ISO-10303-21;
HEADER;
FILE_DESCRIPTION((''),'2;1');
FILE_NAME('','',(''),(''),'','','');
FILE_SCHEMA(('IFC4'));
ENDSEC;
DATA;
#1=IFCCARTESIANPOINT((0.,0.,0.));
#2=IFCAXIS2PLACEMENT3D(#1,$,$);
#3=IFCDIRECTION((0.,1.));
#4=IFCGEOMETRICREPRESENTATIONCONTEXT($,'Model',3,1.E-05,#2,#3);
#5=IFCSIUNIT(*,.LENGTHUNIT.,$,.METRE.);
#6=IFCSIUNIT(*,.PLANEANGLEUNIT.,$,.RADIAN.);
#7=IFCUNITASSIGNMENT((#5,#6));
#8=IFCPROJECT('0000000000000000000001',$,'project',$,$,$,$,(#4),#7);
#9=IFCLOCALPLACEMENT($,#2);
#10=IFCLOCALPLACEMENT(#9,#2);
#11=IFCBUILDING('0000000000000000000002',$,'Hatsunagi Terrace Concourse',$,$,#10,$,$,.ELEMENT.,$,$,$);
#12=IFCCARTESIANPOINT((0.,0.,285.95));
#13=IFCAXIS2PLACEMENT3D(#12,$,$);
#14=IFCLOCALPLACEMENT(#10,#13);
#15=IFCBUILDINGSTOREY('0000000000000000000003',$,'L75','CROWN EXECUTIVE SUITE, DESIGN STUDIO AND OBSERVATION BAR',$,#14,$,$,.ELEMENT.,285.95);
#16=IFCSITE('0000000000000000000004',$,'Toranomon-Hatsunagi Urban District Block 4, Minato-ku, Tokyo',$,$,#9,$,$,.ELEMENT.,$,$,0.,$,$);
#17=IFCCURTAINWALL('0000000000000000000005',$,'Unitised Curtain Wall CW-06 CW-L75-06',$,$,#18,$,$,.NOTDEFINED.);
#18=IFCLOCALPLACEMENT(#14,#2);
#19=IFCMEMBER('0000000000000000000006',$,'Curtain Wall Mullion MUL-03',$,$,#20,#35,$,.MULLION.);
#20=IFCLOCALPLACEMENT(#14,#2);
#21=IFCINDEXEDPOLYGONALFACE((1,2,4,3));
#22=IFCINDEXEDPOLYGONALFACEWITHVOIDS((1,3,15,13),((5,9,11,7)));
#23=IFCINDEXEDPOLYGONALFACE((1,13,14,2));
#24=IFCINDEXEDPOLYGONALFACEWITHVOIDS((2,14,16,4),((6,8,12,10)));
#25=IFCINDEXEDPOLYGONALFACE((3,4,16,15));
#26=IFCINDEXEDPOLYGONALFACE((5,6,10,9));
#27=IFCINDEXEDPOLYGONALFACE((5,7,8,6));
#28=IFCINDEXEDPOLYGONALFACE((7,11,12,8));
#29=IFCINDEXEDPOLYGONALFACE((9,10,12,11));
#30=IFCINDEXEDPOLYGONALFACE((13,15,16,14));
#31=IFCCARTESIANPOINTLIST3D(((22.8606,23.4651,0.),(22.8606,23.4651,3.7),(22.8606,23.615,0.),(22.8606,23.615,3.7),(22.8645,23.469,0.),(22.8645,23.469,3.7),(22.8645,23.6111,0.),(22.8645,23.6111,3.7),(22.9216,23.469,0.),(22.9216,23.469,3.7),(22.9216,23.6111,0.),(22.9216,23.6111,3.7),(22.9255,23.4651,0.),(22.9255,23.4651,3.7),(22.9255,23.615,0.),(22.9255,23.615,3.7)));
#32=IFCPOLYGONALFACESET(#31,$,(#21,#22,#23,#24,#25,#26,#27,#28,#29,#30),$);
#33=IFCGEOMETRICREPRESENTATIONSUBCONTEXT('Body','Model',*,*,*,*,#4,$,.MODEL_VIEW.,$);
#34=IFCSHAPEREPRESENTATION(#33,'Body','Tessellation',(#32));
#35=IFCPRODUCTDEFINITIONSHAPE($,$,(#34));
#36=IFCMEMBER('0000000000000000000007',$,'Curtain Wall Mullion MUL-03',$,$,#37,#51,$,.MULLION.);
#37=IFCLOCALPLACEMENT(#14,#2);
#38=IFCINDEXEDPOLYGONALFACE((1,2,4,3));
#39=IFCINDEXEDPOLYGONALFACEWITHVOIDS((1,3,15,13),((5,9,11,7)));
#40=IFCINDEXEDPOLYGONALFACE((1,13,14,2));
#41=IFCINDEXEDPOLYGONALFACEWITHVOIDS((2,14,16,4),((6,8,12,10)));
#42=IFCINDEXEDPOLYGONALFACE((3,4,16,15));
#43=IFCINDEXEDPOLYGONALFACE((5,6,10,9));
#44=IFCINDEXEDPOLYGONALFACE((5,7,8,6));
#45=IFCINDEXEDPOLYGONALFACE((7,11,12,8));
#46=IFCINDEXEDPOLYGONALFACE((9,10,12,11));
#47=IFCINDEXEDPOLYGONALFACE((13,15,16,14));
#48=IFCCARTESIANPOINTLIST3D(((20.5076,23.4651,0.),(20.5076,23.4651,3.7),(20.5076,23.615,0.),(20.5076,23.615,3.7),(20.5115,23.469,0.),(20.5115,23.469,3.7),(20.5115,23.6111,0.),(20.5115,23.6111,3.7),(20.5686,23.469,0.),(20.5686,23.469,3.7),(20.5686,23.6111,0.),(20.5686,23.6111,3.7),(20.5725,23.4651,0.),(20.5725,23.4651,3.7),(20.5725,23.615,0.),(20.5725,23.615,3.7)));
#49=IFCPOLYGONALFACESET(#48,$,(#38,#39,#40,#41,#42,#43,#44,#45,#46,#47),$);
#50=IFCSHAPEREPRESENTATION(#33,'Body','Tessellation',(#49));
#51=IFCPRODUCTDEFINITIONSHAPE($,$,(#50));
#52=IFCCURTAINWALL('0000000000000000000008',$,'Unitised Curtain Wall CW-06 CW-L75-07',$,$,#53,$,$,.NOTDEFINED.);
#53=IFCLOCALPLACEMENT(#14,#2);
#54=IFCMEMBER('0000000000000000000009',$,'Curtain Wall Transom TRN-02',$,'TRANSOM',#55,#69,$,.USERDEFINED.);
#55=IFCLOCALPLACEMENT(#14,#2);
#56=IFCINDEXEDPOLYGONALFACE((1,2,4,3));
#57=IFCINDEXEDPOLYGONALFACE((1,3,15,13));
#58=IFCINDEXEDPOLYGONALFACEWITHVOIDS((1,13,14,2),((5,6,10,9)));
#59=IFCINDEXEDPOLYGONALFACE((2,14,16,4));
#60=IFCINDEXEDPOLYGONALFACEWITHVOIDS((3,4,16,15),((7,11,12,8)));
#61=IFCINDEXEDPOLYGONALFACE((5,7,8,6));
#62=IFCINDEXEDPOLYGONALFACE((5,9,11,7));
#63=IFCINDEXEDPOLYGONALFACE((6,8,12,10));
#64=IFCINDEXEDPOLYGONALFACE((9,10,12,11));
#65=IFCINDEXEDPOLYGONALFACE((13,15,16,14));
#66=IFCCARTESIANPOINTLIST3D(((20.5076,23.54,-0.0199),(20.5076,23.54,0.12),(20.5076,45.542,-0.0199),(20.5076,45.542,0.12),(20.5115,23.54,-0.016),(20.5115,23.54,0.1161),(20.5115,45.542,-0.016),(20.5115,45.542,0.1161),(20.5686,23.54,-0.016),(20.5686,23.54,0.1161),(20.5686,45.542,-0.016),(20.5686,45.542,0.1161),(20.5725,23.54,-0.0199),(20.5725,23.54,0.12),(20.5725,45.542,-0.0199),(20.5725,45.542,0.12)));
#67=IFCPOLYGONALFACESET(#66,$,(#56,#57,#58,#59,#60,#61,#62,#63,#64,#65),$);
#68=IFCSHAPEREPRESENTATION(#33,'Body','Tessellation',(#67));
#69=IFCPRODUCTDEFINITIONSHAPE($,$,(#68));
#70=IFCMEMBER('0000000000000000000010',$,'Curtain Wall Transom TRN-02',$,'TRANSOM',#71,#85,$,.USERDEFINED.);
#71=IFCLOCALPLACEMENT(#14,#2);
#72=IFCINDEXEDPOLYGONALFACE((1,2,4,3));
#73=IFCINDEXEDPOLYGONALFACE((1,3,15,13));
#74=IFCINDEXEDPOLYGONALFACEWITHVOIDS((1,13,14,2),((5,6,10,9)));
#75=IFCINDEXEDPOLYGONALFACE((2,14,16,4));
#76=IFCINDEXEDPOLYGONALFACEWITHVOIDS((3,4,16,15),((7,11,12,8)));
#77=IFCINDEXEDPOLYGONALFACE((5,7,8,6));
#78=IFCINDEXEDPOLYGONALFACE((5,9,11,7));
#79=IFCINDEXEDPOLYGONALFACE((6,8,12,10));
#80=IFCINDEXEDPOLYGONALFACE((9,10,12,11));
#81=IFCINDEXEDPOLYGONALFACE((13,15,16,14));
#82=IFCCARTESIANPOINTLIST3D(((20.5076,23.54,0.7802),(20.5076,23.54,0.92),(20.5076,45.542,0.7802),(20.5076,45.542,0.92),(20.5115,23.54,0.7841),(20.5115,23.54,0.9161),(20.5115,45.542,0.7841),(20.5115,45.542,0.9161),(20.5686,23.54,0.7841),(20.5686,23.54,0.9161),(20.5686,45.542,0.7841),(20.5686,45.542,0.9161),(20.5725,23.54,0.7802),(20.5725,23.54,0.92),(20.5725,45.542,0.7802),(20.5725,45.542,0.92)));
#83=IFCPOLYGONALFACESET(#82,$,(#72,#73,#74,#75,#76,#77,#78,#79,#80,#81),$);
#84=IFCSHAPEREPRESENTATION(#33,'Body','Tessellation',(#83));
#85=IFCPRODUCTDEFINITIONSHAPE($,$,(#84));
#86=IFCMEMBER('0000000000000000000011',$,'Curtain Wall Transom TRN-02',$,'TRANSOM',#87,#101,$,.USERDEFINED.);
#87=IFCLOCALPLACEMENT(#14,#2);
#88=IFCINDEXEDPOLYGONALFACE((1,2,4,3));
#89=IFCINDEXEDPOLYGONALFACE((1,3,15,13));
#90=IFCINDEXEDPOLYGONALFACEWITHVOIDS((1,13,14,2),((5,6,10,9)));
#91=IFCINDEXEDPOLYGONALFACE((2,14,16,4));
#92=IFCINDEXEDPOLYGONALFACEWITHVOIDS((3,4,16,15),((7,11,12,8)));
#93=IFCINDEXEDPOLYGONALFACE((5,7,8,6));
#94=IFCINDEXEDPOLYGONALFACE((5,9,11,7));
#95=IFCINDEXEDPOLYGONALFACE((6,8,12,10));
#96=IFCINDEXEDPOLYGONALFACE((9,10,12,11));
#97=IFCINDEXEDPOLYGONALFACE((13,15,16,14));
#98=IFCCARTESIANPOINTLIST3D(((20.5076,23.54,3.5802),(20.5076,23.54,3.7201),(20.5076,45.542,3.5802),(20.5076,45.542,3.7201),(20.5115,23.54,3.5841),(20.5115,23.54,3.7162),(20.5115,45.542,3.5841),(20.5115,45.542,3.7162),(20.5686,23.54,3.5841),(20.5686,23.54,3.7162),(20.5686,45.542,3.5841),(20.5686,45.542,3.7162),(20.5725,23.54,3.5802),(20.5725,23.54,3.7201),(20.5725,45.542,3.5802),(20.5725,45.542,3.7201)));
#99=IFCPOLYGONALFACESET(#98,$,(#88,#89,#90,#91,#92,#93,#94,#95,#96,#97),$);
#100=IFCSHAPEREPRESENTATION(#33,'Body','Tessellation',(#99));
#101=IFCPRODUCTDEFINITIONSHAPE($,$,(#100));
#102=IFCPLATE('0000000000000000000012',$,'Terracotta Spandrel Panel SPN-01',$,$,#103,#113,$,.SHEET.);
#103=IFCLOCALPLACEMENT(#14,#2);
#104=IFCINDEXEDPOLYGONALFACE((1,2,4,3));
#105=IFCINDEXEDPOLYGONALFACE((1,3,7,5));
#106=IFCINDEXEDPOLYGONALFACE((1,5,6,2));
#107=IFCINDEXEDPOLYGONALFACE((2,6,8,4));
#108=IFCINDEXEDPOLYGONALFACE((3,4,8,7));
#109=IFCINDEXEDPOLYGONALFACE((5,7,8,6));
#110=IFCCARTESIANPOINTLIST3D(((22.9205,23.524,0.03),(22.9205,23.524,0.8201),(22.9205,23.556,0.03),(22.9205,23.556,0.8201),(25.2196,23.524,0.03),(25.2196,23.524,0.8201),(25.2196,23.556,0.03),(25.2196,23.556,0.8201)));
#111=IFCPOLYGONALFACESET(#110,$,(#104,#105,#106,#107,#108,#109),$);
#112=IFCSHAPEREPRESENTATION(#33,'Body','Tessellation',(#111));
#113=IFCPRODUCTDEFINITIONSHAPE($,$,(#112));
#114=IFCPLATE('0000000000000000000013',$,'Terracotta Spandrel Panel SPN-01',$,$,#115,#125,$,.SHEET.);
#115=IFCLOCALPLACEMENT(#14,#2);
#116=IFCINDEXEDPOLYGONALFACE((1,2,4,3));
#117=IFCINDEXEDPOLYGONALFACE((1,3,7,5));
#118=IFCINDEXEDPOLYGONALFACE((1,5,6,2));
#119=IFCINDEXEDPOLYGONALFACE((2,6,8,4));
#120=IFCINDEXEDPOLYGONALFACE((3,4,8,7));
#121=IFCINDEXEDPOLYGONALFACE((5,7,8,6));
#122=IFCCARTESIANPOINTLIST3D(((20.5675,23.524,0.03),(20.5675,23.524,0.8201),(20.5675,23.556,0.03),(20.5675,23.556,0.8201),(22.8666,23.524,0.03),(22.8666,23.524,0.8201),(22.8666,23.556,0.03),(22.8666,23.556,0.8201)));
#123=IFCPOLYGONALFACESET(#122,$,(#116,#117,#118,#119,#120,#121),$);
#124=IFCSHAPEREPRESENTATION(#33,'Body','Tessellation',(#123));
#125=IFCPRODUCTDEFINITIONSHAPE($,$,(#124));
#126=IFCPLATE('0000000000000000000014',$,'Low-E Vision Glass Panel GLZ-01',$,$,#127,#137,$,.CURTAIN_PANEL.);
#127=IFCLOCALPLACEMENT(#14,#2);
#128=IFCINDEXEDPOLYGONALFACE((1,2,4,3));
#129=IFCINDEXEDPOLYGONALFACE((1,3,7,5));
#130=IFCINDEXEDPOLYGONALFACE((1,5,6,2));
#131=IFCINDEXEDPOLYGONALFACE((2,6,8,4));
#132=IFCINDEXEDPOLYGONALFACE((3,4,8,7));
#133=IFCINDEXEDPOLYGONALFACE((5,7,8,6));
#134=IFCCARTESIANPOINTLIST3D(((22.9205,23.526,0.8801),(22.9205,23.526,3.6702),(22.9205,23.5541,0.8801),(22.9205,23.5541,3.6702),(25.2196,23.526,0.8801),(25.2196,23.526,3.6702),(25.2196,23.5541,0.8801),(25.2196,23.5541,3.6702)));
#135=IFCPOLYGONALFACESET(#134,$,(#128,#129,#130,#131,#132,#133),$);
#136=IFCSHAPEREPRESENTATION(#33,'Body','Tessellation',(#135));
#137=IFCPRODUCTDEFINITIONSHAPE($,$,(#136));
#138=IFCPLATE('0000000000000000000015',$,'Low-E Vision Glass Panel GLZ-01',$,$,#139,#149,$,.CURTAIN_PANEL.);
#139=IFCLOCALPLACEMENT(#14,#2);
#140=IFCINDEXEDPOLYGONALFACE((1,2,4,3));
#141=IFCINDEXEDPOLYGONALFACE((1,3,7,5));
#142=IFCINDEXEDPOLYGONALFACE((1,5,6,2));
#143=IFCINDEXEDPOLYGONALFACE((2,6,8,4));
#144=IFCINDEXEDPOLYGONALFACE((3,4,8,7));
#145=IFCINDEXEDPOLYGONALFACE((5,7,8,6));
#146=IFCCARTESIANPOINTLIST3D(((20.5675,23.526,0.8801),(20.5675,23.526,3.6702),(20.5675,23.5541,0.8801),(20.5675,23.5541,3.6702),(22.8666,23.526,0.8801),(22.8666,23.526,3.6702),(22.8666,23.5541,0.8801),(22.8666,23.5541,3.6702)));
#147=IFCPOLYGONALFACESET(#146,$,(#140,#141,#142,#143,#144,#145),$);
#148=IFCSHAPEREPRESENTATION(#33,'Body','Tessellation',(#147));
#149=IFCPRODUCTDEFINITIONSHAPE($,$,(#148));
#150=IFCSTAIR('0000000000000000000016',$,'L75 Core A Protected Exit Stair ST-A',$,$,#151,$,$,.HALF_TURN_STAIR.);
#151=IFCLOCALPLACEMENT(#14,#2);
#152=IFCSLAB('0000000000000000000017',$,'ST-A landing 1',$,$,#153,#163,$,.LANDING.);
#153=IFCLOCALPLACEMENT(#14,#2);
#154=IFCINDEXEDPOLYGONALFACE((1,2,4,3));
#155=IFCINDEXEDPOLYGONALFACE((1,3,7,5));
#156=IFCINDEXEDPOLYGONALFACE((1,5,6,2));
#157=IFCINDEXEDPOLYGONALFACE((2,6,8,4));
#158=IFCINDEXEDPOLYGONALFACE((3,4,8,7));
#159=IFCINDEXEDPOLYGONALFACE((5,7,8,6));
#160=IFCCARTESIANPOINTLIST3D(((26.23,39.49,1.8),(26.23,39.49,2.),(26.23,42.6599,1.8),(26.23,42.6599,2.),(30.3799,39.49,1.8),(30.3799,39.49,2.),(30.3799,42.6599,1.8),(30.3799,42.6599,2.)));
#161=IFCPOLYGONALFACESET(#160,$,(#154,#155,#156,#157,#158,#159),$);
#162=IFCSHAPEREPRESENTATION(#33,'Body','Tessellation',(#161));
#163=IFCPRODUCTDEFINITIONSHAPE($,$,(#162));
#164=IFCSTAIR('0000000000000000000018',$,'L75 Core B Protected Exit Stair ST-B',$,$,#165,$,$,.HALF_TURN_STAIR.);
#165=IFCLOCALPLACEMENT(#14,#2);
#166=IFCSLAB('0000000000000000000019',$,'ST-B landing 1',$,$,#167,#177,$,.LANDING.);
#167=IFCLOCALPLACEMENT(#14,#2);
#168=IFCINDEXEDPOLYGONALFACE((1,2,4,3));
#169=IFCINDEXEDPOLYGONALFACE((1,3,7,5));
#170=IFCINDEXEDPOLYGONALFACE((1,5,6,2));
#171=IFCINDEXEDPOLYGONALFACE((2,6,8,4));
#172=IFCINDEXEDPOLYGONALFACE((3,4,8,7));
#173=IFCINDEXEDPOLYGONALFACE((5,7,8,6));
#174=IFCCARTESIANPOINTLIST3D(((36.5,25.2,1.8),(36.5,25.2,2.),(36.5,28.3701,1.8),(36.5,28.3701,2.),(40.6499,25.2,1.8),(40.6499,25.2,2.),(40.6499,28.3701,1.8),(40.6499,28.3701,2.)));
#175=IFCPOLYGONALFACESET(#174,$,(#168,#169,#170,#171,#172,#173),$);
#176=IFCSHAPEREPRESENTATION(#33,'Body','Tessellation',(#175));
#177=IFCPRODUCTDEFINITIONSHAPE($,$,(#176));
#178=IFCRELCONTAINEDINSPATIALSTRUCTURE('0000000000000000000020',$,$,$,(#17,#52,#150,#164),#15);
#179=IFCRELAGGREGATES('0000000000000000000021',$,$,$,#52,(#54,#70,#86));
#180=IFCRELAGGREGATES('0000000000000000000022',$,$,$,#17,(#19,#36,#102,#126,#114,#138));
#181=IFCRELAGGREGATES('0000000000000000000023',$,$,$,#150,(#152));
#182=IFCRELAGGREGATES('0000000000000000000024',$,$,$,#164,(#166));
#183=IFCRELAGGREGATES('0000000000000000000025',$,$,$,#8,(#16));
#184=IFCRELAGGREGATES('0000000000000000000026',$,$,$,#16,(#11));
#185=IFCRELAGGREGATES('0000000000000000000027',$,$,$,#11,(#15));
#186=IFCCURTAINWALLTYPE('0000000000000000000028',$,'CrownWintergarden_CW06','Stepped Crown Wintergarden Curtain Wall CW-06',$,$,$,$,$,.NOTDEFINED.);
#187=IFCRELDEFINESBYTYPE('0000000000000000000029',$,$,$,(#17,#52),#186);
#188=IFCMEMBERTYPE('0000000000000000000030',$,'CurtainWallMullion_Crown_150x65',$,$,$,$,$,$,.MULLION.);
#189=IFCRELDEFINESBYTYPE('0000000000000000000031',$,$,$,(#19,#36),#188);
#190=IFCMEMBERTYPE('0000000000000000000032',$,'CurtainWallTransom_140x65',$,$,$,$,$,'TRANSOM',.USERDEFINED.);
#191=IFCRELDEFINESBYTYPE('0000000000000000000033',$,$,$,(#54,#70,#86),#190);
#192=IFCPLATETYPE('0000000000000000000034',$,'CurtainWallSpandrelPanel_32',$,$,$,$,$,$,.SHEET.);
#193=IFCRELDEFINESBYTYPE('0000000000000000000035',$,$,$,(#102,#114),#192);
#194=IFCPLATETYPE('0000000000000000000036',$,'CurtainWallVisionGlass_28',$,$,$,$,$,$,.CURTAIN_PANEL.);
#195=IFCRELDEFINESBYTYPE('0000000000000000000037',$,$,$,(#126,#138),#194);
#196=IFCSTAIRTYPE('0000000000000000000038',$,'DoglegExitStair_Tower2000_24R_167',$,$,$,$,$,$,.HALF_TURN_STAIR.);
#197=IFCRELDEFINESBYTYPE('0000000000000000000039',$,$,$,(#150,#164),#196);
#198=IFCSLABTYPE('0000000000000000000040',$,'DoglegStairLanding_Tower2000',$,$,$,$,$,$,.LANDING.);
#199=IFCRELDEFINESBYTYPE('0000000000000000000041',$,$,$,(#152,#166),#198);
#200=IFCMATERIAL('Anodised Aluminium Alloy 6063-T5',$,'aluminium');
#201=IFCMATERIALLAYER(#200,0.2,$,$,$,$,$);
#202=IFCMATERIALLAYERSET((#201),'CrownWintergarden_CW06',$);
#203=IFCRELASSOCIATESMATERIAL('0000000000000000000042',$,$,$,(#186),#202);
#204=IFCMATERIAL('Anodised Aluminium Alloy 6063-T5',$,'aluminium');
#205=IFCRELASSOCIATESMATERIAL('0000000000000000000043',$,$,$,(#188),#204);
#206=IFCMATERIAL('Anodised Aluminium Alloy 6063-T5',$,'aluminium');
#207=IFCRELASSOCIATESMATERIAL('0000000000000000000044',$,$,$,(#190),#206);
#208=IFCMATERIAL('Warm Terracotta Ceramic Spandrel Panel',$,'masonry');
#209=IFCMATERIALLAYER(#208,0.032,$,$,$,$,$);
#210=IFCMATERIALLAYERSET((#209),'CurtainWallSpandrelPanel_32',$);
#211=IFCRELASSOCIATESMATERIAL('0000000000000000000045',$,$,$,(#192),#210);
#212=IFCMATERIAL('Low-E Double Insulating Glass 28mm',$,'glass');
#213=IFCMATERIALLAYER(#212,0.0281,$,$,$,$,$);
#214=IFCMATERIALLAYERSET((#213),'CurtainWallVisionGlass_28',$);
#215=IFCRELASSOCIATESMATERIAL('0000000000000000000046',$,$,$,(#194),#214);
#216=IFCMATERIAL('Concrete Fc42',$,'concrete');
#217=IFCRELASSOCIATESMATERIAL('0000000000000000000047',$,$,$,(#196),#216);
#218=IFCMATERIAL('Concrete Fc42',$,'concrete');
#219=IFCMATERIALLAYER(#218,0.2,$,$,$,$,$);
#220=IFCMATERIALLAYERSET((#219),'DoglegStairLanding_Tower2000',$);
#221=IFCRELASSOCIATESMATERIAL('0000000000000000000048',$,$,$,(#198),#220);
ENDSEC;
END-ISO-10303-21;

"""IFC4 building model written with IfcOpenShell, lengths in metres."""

from ifc_helpers import new_model, si_unit, direction, frame, origin, origin_2d, place, context, subcontext, project, spatial, polyline, rectangle, hollow_rectangle, outline, extrude, material, layer, layer_set, material_profile, profile_set, type_object, element, aggregate, save


model = new_model("IFC4")

# Units and contexts
model_context = context("Model", 3, precision=1e-05, world=origin(), true_north=direction((0.0, 1.0)))
body_context = subcontext(model_context, "Body", "Model", "MODEL_VIEW")
ifc_project = project(units=[si_unit("LENGTHUNIT", "METRE"), si_unit("PLANEANGLEUNIT", "RADIAN")], contexts=[model_context])

# Site, building, storey
site_placement = place(None, origin())
site = spatial("IfcSite", under=ifc_project, at=site_placement, Name="Toranomon-Hatsunagi Urban District Block 4, Minato-ku, Tokyo", CompositionType="ELEMENT", RefElevation=0.0)
building_placement = place(site_placement, origin())
building = spatial("IfcBuilding", under=site, at=building_placement, Name="Hatsunagi Terrace Concourse", CompositionType="ELEMENT")
storey_placement = place(building_placement, frame((0.0, 0.0, 285.95)))
storey = spatial("IfcBuildingStorey", under=building, at=storey_placement, Name="L75", Description="CROWN EXECUTIVE SUITE, DESIGN STUDIO AND OBSERVATION BAR", CompositionType="ELEMENT", Elevation=285.95)

# Curtain walls, members
ifc_material_1 = material(Name="Anodised Aluminium Alloy 6063-T5", Category="aluminium")
ifc_layer_1 = layer(ifc_material_1, 0.2)
ifc_layer_set_1 = layer_set([ifc_layer_1], Name="CrownWintergarden_CW06")
curtain_wall_type = type_object("IfcCurtainWallType", Name="CrownWintergarden_CW06", Description="Stepped Crown Wintergarden Curtain Wall CW-06", PredefinedType="NOTDEFINED", material=ifc_layer_set_1)
curtain_wall_1_placement = place(storey_placement, origin())
curtain_wall_1 = element("IfcCurtainWall", 1, at=curtain_wall_1_placement, inside=storey, type_object=curtain_wall_type, Name="Unitised Curtain Wall CW-06 CW-L75-06", PredefinedType="NOTDEFINED")
ifc_material_2 = material(Name="Anodised Aluminium Alloy 6063-T5", Category="aluminium")
ifc_material_profile_1 = material_profile(ifc_material_2, hollow_rectangle(XDim=0.0649, YDim=0.1499, WallThickness=0.0039, at=origin_2d()), Name="ALU-MUL-150x65x4")
ifc_profile_set_1 = profile_set([ifc_material_profile_1], Name="Anodised Aluminium Alloy 6063-T5")
member_type_1 = type_object("IfcMemberType", Name="CurtainWallMullion_Crown_150x65", PredefinedType="MULLION", material=ifc_profile_set_1)
member_1_placement = place(storey_placement, frame((22.8931, 23.54, 0.0), z_axis=(0.0, 0.0, 1.0), x_axis=(-1.0, 0.0, 0.0)))
member_1 = element("IfcMember", 2, at=member_1_placement, type_object=member_type_1, Name="Curtain Wall Mullion MUL-03", PredefinedType="MULLION", context=body_context, shape_type="SweptSolid", body=[
    extrude(hollow_rectangle(XDim=0.0649, YDim=0.1499, WallThickness=0.0039, at=origin_2d()), origin(), (0.0, 0.0, 1.0), 3.7),
])
member_2_placement = place(storey_placement, frame((20.54, 23.54, 0.0), z_axis=(0.0, 0.0, 1.0), x_axis=(-1.0, 0.0, 0.0)))
member_2 = element("IfcMember", 3, at=member_2_placement, type_object=member_type_1, Name="Curtain Wall Mullion MUL-03", PredefinedType="MULLION", context=body_context, shape_type="SweptSolid", body=[
    extrude(hollow_rectangle(XDim=0.0649, YDim=0.1499, WallThickness=0.0039, at=origin_2d()), origin(), (0.0, 0.0, 1.0), 3.7),
])
curtain_wall_2_placement = place(storey_placement, origin())
curtain_wall_2 = element("IfcCurtainWall", 4, at=curtain_wall_2_placement, inside=storey, type_object=curtain_wall_type, Name="Unitised Curtain Wall CW-06 CW-L75-07", PredefinedType="NOTDEFINED")
ifc_material_3 = material(Name="Anodised Aluminium Alloy 6063-T5", Category="aluminium")
ifc_material_profile_2 = material_profile(ifc_material_3, hollow_rectangle(XDim=0.0649, YDim=0.1399, WallThickness=0.0039, at=origin_2d()), Name="ALU-TRN-140x65x4")
ifc_profile_set_2 = profile_set([ifc_material_profile_2], Name="Anodised Aluminium Alloy 6063-T5")
member_type_2 = type_object("IfcMemberType", Name="CurtainWallTransom_140x65", ElementType="TRANSOM", PredefinedType="USERDEFINED", material=ifc_profile_set_2)
member_3_placement = place(storey_placement, frame((20.54, 23.54, 0.05), z_axis=(0.0, 1.0, 0.0), x_axis=(-1.0, 0.0, 0.0)))
member_3 = element("IfcMember", 5, at=member_3_placement, type_object=member_type_2, Name="Curtain Wall Transom TRN-02", ObjectType="TRANSOM", PredefinedType="USERDEFINED", context=body_context, shape_type="SweptSolid", body=[
    extrude(hollow_rectangle(XDim=0.0649, YDim=0.1399, WallThickness=0.0039, at=origin_2d()), origin(), (0.0, 0.0, 1.0), 22.002),
])
member_4_placement = place(storey_placement, frame((20.54, 23.54, 0.8501), z_axis=(0.0, 1.0, 0.0), x_axis=(-1.0, 0.0, 0.0)))
member_4 = element("IfcMember", 6, at=member_4_placement, type_object=member_type_2, Name="Curtain Wall Transom TRN-02", ObjectType="TRANSOM", PredefinedType="USERDEFINED", context=body_context, shape_type="SweptSolid", body=[
    extrude(hollow_rectangle(XDim=0.0649, YDim=0.1399, WallThickness=0.0039, at=origin_2d()), origin(), (0.0, 0.0, 1.0), 22.002),
])
member_5_placement = place(storey_placement, frame((20.54, 23.54, 3.6501), z_axis=(0.0, 1.0, 0.0), x_axis=(-1.0, 0.0, 0.0)))
member_5 = element("IfcMember", 7, at=member_5_placement, type_object=member_type_2, Name="Curtain Wall Transom TRN-02", ObjectType="TRANSOM", PredefinedType="USERDEFINED", context=body_context, shape_type="SweptSolid", body=[
    extrude(hollow_rectangle(XDim=0.0649, YDim=0.1399, WallThickness=0.0039, at=origin_2d()), origin(), (0.0, 0.0, 1.0), 22.002),
])
aggregate(curtain_wall_2, [member_3, member_4, member_5])

# Plates
ifc_material_4 = material(Name="Warm Terracotta Ceramic Spandrel Panel", Category="masonry")
ifc_layer_2 = layer(ifc_material_4, 0.032)
ifc_layer_set_2 = layer_set([ifc_layer_2], Name="CurtainWallSpandrelPanel_32")
plate_type_1 = type_object("IfcPlateType", Name="CurtainWallSpandrelPanel_32", PredefinedType="SHEET", material=ifc_layer_set_2)
plate_1_placement = place(storey_placement, frame((24.0701, 23.54, 0.03), z_axis=(0.0, 0.0, 1.0), x_axis=(-1.0, 0.0, 0.0)))
plate_1 = element("IfcPlate", 8, at=plate_1_placement, type_object=plate_type_1, Name="Terracotta Spandrel Panel SPN-01", PredefinedType="SHEET", context=body_context, shape_type="SweptSolid", body=[
    extrude(rectangle(XDim=2.2991, YDim=0.032, at=origin_2d()), origin(), (0.0, 0.0, 1.0), 0.79),
])
plate_2_placement = place(storey_placement, frame((21.717, 23.54, 0.03), z_axis=(0.0, 0.0, 1.0), x_axis=(-1.0, 0.0, 0.0)))
plate_2 = element("IfcPlate", 9, at=plate_2_placement, type_object=plate_type_1, Name="Terracotta Spandrel Panel SPN-01", PredefinedType="SHEET", context=body_context, shape_type="SweptSolid", body=[
    extrude(rectangle(XDim=2.2991, YDim=0.032, at=origin_2d()), origin(), (0.0, 0.0, 1.0), 0.79),
])
ifc_material_5 = material(Name="Low-E Double Insulating Glass 28mm", Category="glass")
ifc_layer_3 = layer(ifc_material_5, 0.0281)
ifc_layer_set_3 = layer_set([ifc_layer_3], Name="CurtainWallVisionGlass_28")
plate_type_2 = type_object("IfcPlateType", Name="CurtainWallVisionGlass_28", PredefinedType="CURTAIN_PANEL", material=ifc_layer_set_3)
plate_3_placement = place(storey_placement, frame((24.0701, 23.54, 0.8801), z_axis=(0.0, 0.0, 1.0), x_axis=(-1.0, 0.0, 0.0)))
plate_3 = element("IfcPlate", 10, at=plate_3_placement, type_object=plate_type_2, Name="Low-E Vision Glass Panel GLZ-01", PredefinedType="CURTAIN_PANEL", context=body_context, shape_type="SweptSolid", body=[
    extrude(rectangle(XDim=2.2991, YDim=0.0281, at=origin_2d()), origin(), (0.0, 0.0, 1.0), 2.79),
])
plate_4_placement = place(storey_placement, frame((21.717, 23.54, 0.8801), z_axis=(0.0, 0.0, 1.0), x_axis=(-1.0, 0.0, 0.0)))
plate_4 = element("IfcPlate", 11, at=plate_4_placement, type_object=plate_type_2, Name="Low-E Vision Glass Panel GLZ-01", PredefinedType="CURTAIN_PANEL", context=body_context, shape_type="SweptSolid", body=[
    extrude(rectangle(XDim=2.2991, YDim=0.0281, at=origin_2d()), origin(), (0.0, 0.0, 1.0), 2.79),
])
aggregate(curtain_wall_1, [member_1, member_2, plate_1, plate_3, plate_2, plate_4])

# Stairs, slabs
ifc_material_6 = material(Name="Concrete Fc42", Category="concrete")
stair_type = type_object("IfcStairType", Name="DoglegExitStair_Tower2000_24R_167", PredefinedType="HALF_TURN_STAIR", material=ifc_material_6)
stair_1_placement = place(storey_placement, origin())
stair_1 = element("IfcStair", 12, at=stair_1_placement, inside=storey, type_object=stair_type, Name="L75 Core A Protected Exit Stair ST-A", PredefinedType="HALF_TURN_STAIR")
ifc_material_7 = material(Name="Concrete Fc42", Category="concrete")
ifc_layer_4 = layer(ifc_material_7, 0.2)
ifc_layer_set_4 = layer_set([ifc_layer_4], Name="DoglegStairLanding_Tower2000")
slab_type_1 = type_object("IfcSlabType", Name="DoglegStairLanding_Tower2000", PredefinedType="LANDING", material=ifc_layer_set_4)
slab_1_placement = place(storey_placement, frame((0.0, 0.0, 1.8)))
slab_1 = element("IfcSlab", 13, at=slab_1_placement, type_object=slab_type_1, Name="ST-A landing 1", PredefinedType="LANDING", context=body_context, shape_type="SweptSolid", body=[
    extrude(outline(polyline([(30.3799, 39.49), (30.3799, 42.6599), (26.23, 42.6599), (26.23, 39.49), (30.3799, 39.49)])), origin(), (0.0, 0.0, 1.0), 0.2),
])
aggregate(stair_1, [slab_1])
stair_2_placement = place(storey_placement, origin())
stair_2 = element("IfcStair", 14, at=stair_2_placement, inside=storey, type_object=stair_type, Name="L75 Core B Protected Exit Stair ST-B", PredefinedType="HALF_TURN_STAIR")
slab_2_placement = place(storey_placement, frame((0.0, 0.0, 1.8)))
slab_2 = element("IfcSlab", 15, at=slab_2_placement, type_object=slab_type_1, Name="ST-B landing 1", PredefinedType="LANDING", context=body_context, shape_type="SweptSolid", body=[
    extrude(outline(polyline([(36.5, 28.3701), (36.5, 25.2), (40.6499, 25.2), (40.6499, 28.3701), (36.5, 28.3701)])), origin(), (0.0, 0.0, 1.0), 0.2),
])
aggregate(stair_2, [slab_2])

save(model, "model.ifc")
